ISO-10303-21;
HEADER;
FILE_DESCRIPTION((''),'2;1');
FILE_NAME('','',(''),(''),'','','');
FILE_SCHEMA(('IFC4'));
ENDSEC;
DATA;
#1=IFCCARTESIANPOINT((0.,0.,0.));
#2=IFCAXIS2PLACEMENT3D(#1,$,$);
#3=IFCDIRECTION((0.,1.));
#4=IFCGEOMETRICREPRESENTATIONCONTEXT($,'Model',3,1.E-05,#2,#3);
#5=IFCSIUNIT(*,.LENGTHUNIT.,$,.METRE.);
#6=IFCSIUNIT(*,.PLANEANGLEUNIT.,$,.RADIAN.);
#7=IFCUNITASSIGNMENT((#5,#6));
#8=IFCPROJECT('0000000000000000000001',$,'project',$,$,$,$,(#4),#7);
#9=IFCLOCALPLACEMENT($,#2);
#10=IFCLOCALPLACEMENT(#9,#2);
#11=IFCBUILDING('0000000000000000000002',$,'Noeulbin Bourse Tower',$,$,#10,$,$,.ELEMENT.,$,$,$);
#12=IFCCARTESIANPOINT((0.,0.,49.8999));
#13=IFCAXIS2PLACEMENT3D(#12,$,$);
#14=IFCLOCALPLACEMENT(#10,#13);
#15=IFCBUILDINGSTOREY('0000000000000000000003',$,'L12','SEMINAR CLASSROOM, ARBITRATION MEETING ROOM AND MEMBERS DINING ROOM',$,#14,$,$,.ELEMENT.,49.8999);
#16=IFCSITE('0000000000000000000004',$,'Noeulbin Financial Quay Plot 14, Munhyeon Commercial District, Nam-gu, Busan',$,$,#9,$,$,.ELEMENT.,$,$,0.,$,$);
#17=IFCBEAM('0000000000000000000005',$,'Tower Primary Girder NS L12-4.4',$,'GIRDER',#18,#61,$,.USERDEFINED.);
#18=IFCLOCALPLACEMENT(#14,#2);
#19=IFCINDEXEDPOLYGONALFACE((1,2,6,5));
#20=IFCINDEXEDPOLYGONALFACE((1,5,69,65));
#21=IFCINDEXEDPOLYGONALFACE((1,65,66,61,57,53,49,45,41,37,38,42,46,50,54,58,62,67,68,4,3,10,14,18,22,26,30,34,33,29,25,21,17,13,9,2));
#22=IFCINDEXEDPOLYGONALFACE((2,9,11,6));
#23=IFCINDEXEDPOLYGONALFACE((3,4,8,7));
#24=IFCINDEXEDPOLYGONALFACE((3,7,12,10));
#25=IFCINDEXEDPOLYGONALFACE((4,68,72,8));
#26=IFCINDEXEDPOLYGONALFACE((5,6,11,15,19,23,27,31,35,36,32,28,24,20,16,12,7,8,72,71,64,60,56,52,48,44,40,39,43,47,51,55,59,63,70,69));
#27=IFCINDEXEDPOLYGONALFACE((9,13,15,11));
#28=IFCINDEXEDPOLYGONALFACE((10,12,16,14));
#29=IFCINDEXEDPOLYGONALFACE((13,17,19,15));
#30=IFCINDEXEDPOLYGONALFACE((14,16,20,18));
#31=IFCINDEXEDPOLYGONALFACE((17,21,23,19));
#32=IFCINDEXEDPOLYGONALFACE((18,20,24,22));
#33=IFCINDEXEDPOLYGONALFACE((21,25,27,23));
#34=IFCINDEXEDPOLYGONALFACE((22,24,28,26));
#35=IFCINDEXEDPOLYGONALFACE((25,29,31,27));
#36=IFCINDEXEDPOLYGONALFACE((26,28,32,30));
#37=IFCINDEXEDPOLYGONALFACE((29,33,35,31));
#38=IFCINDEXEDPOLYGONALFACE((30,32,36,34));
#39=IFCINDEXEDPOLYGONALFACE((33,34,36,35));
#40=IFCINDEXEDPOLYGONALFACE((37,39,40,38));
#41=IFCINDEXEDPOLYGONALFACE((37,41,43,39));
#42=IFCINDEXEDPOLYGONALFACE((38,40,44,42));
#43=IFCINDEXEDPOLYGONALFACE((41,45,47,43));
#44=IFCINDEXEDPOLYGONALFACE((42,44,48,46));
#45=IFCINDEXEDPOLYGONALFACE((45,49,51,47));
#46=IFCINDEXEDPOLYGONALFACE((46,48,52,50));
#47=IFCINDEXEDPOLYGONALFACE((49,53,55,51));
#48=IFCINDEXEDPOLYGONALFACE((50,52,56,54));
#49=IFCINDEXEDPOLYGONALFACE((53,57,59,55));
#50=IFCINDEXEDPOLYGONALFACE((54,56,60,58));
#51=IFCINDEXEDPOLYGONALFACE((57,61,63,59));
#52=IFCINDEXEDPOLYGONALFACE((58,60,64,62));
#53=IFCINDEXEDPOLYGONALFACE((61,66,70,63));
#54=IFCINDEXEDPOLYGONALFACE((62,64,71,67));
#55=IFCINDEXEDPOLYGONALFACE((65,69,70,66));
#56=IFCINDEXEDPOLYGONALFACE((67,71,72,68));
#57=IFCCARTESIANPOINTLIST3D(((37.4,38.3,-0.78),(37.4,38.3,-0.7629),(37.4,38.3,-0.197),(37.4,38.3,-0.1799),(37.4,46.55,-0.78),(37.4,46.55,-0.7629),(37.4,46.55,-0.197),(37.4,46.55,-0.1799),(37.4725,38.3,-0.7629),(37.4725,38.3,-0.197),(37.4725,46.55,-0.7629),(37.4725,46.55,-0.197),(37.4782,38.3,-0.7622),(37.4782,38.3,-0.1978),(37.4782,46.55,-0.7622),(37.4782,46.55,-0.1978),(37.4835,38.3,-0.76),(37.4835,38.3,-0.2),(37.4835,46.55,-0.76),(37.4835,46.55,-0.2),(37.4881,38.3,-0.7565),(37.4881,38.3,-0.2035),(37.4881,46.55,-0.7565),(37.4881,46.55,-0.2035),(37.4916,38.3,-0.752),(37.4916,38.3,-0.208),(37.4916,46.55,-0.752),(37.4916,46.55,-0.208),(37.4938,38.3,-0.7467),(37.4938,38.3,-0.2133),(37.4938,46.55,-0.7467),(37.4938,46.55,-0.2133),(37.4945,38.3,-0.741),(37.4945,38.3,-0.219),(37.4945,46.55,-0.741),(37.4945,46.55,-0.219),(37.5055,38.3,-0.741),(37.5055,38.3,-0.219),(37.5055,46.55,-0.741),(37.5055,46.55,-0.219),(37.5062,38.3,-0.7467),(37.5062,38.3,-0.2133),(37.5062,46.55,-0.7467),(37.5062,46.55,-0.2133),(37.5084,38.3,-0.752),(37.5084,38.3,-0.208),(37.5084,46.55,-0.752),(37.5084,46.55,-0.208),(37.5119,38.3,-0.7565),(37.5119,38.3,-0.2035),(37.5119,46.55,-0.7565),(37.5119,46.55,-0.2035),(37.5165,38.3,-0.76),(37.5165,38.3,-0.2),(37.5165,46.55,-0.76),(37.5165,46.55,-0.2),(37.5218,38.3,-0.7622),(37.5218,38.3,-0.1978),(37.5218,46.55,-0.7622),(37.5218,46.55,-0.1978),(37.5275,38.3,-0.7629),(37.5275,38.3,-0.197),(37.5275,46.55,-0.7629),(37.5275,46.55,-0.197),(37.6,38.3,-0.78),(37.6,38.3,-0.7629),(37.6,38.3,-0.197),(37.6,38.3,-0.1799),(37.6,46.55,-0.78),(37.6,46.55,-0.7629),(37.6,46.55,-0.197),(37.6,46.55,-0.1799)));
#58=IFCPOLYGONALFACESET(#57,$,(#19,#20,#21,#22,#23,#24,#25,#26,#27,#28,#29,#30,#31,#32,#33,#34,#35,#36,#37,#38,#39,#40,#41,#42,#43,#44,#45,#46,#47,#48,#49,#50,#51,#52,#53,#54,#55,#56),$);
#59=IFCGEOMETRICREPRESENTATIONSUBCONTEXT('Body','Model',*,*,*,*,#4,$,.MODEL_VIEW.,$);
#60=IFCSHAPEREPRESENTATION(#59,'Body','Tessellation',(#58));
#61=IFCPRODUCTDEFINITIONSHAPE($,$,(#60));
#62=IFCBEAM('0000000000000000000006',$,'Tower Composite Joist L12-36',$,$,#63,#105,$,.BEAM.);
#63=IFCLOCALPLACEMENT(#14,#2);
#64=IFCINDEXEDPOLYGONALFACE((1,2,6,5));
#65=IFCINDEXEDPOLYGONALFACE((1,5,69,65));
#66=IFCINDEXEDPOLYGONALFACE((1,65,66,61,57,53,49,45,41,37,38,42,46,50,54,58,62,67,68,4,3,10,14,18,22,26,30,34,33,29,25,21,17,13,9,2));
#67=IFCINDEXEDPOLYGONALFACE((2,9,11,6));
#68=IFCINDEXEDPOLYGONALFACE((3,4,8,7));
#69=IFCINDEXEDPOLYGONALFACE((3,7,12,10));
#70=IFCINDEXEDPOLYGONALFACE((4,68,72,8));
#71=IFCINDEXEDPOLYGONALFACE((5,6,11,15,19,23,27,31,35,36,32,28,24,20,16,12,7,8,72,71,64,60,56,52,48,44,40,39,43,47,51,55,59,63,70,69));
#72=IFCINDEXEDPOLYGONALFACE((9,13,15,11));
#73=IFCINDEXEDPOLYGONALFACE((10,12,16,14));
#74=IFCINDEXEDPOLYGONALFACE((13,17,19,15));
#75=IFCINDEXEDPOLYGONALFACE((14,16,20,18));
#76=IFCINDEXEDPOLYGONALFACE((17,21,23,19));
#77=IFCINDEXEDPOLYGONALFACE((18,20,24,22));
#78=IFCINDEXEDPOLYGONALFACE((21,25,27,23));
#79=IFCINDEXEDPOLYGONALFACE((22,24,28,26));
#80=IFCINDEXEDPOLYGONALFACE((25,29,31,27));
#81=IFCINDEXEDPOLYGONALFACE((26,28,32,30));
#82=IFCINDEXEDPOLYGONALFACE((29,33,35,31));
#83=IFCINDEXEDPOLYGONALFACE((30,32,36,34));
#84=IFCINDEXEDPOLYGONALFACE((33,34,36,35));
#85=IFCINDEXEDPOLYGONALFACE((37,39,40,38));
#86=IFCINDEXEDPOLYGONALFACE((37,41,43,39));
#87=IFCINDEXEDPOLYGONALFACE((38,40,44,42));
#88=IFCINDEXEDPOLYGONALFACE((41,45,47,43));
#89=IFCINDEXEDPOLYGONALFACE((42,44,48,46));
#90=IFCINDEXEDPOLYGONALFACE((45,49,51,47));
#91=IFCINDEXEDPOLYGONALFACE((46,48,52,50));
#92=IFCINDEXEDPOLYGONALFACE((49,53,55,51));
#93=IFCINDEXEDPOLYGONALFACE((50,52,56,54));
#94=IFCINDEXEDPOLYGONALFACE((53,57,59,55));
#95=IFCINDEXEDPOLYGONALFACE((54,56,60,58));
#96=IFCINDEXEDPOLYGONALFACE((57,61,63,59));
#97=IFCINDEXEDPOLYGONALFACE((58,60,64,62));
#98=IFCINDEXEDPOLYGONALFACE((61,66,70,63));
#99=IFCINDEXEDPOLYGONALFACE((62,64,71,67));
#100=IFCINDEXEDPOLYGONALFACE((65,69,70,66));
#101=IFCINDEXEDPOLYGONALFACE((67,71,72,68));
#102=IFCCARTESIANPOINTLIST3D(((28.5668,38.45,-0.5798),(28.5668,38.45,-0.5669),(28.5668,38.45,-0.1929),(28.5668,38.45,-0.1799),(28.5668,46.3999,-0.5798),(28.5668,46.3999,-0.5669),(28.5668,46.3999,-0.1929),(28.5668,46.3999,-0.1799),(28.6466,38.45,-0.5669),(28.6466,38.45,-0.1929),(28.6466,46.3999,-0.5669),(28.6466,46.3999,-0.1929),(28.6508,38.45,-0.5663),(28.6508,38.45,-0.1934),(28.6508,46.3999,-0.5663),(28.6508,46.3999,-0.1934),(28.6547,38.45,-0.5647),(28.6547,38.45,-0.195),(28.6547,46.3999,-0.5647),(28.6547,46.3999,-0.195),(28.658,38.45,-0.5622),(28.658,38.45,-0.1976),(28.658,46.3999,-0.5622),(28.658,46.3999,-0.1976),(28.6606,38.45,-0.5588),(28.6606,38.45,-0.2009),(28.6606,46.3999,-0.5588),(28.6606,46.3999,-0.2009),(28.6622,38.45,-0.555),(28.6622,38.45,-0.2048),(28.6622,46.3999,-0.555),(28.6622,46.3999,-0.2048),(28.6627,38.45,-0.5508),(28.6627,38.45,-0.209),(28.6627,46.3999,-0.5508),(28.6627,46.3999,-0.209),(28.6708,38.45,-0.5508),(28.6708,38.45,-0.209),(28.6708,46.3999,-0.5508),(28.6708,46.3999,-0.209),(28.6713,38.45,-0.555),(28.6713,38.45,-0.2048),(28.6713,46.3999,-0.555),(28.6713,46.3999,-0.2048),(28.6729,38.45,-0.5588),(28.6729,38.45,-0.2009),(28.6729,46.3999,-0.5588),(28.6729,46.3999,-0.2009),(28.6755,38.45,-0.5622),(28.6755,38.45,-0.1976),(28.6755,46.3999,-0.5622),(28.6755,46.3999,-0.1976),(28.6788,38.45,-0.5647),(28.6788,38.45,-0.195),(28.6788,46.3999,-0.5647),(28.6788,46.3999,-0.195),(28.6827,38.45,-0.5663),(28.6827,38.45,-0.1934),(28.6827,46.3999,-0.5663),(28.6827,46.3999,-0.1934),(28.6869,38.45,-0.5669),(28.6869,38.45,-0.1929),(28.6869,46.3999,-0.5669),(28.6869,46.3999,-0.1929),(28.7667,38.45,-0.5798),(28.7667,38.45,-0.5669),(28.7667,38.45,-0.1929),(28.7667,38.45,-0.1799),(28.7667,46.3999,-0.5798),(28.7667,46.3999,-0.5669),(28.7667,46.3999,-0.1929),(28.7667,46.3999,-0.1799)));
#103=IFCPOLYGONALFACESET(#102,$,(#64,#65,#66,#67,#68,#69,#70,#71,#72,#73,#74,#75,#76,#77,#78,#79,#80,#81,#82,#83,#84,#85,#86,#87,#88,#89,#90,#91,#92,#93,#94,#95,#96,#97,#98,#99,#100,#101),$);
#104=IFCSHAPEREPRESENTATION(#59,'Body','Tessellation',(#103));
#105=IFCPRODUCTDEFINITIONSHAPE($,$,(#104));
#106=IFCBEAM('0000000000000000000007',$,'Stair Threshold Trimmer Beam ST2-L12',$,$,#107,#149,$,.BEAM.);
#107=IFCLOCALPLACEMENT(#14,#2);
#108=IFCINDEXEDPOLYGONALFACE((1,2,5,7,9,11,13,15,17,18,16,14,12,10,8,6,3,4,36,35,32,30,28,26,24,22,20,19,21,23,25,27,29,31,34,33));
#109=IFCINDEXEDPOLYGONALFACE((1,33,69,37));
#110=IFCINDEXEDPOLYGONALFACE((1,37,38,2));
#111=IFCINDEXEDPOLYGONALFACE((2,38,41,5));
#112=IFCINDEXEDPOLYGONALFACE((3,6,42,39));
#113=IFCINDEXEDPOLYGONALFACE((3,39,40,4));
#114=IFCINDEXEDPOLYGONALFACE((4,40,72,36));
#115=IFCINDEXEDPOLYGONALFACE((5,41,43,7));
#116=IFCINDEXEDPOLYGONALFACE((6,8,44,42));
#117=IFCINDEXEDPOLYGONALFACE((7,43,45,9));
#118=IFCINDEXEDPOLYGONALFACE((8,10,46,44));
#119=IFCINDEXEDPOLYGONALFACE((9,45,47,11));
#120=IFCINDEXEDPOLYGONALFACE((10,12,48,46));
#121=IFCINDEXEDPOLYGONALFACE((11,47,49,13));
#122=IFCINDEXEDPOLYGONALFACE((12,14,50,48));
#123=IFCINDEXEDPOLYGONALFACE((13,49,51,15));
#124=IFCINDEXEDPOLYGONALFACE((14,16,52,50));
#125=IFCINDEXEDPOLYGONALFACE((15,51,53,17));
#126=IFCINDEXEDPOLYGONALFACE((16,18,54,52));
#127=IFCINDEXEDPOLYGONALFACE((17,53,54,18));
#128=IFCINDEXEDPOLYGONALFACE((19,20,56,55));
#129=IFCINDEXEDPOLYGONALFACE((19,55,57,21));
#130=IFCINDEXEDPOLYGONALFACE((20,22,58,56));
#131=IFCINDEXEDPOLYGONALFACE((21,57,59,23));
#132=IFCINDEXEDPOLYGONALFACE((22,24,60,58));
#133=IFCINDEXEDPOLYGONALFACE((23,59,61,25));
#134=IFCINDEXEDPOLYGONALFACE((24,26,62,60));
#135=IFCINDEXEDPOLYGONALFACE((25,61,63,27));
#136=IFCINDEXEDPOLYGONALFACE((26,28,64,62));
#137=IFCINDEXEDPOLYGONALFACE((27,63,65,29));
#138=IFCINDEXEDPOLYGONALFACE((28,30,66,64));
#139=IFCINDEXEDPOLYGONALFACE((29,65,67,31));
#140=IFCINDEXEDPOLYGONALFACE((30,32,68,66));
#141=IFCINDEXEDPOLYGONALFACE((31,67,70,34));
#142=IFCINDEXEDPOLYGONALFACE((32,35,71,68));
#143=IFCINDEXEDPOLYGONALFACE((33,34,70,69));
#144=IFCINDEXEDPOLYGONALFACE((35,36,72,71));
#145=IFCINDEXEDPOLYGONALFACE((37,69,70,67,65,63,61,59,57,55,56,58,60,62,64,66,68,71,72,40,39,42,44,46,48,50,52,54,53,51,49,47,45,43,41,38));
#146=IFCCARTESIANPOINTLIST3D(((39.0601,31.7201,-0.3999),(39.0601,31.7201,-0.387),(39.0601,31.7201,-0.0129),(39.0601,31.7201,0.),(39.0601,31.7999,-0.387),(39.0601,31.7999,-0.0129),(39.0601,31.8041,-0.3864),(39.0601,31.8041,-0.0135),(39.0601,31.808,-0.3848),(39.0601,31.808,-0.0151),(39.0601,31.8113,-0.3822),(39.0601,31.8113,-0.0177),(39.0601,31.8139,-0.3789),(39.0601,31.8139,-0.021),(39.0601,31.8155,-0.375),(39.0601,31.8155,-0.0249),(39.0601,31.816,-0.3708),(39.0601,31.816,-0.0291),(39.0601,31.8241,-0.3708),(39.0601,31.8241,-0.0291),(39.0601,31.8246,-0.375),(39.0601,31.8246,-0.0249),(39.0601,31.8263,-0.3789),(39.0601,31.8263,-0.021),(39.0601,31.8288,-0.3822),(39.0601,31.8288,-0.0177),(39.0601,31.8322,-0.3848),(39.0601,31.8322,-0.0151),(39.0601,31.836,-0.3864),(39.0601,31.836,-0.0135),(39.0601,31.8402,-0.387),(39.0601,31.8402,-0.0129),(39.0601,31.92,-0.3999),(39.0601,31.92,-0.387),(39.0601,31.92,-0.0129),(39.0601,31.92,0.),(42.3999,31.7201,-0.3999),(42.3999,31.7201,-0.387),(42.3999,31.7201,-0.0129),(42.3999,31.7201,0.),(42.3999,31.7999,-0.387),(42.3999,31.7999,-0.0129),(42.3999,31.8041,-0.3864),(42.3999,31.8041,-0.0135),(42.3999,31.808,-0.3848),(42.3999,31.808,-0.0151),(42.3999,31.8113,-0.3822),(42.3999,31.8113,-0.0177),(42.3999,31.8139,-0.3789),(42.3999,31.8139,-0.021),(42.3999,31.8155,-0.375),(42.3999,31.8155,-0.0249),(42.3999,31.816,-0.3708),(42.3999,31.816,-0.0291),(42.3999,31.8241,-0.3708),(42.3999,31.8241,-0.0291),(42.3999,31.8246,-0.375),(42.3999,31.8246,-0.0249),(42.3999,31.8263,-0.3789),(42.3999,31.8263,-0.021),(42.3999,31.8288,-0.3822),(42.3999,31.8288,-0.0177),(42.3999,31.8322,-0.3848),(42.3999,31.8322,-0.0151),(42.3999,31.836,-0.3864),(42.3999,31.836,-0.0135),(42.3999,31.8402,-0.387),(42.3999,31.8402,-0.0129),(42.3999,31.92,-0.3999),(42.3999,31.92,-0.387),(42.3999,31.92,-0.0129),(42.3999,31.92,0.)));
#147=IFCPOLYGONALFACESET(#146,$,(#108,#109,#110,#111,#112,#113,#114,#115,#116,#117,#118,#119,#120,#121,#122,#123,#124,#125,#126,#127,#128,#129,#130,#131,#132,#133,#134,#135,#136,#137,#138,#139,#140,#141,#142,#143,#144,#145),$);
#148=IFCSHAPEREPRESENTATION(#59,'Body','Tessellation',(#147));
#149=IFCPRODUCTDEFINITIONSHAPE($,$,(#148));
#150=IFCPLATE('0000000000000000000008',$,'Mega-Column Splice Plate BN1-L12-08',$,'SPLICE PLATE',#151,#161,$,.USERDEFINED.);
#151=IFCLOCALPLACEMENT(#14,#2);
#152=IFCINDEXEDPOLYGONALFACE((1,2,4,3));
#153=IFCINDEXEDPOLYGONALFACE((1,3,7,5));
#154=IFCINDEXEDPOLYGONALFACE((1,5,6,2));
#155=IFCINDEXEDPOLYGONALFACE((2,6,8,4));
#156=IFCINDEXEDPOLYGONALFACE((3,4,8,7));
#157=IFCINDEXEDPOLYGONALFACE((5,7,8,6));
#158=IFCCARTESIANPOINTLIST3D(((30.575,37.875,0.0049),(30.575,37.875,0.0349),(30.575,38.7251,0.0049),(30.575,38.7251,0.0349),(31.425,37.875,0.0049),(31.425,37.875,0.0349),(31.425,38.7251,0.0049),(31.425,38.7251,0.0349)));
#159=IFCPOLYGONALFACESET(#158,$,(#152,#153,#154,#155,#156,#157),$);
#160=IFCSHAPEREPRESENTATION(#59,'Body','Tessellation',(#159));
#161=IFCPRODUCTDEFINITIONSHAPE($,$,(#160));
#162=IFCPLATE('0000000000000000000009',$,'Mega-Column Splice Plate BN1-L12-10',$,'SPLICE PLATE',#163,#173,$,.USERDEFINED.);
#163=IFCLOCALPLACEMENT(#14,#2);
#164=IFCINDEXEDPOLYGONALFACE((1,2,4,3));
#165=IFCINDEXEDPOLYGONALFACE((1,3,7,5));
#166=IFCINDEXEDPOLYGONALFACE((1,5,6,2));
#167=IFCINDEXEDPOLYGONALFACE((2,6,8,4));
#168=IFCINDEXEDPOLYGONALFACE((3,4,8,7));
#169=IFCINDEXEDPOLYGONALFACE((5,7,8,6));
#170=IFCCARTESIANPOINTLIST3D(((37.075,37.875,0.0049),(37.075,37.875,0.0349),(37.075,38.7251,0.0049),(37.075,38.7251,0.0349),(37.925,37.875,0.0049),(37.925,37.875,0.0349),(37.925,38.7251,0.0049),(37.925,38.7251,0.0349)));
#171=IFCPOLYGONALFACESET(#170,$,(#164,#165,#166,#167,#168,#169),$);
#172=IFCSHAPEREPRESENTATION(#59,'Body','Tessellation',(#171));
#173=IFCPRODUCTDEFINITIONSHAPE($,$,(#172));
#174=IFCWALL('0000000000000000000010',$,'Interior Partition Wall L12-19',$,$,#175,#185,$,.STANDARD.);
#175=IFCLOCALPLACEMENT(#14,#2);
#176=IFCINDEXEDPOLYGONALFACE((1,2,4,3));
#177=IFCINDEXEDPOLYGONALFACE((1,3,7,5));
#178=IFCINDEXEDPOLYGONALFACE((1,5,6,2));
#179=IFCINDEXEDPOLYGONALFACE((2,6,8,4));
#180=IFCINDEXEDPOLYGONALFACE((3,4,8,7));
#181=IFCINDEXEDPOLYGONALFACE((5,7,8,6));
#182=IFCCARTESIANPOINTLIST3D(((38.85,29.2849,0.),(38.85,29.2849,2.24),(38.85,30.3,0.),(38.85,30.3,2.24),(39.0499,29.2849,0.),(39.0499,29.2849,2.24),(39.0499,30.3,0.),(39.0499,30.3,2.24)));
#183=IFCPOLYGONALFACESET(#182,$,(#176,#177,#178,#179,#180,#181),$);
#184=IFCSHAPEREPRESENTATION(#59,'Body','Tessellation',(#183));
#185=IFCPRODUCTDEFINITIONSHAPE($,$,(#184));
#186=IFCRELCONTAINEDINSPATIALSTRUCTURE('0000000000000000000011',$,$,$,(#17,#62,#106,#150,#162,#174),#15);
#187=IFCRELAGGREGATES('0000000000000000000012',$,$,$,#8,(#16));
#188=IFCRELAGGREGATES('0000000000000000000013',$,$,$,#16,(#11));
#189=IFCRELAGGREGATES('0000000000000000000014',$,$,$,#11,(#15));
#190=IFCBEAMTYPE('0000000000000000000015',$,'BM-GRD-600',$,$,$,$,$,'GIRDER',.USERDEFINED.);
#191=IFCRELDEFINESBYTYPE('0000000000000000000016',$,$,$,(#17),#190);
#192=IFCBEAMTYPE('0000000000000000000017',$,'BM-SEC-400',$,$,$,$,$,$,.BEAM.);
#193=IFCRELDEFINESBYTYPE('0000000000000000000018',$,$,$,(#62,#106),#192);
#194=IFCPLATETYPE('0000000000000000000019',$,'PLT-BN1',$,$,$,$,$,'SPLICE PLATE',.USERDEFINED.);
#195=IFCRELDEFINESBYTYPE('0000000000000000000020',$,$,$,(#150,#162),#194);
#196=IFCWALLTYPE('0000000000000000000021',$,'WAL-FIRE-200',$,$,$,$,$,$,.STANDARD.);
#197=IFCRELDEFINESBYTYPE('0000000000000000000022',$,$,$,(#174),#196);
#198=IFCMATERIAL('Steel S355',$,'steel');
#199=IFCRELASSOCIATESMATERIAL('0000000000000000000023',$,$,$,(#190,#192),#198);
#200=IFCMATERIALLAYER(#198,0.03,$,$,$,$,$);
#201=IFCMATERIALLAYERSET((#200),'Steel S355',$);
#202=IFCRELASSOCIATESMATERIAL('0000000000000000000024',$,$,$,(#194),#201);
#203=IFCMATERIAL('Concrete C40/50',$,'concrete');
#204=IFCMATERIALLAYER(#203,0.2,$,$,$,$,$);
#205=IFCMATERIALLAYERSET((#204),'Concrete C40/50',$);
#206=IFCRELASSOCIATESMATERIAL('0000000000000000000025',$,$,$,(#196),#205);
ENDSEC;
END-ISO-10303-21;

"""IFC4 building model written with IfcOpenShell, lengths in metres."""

from ifc_helpers import new_model, si_unit, direction, frame, frame_2d, origin, origin_2d, place, context, subcontext, project, spatial, rectangle, i_section, extrude, material, layer, layer_set, material_profile, profile_set, type_object, element, save


model = new_model("IFC4")

# Units and contexts
model_context = context("Model", 3, precision=1e-05, world=origin(), true_north=direction((0.0, 1.0)))
body_context = subcontext(model_context, "Body", "Model", "MODEL_VIEW")
ifc_project = project(units=[si_unit("LENGTHUNIT", "METRE"), si_unit("PLANEANGLEUNIT", "RADIAN")], contexts=[model_context])

# Site, building, storey
site_placement = place(None, origin())
site = spatial("IfcSite", under=ifc_project, at=site_placement, Name="Noeulbin Financial Quay Plot 14, Munhyeon Commercial District, Nam-gu, Busan", CompositionType="ELEMENT", RefElevation=0.0)
building_placement = place(site_placement, origin())
building = spatial("IfcBuilding", under=site, at=building_placement, Name="Noeulbin Bourse Tower", CompositionType="ELEMENT")
storey_placement = place(building_placement, frame((0.0, 0.0, 49.8999)))
storey = spatial("IfcBuildingStorey", under=building, at=storey_placement, Name="L12", Description="SEMINAR CLASSROOM, ARBITRATION MEETING ROOM AND MEMBERS DINING ROOM", CompositionType="ELEMENT", Elevation=49.8999)

# Beams
ifc_material_1 = material(Name="Steel S355", Category="steel")
ifc_material_profile_1 = material_profile(ifc_material_1, i_section(OverallWidth=0.2, OverallDepth=0.6001, WebThickness=0.011, FlangeThickness=0.0171, FilletRadius=0.022, at=origin_2d()), Name="H-600x200x11x17", Category="LoadBearing")
ifc_profile_set_1 = profile_set([ifc_material_profile_1], Name="Steel S355")
beam_type_1 = type_object("IfcBeamType", Name="BM-GRD-600", ElementType="GIRDER", PredefinedType="USERDEFINED", material=ifc_profile_set_1)
for number, where, z_axis, x_axis, name in (
    (1, (37.5, 38.3, -0.48), (0.0, 1.0, 0.0), (-1.0, 0.0, 0.0), "Tower Primary Girder NS L12-4.4"),
):
    element("IfcBeam", number, at=place(storey_placement, frame(where, z_axis=z_axis, x_axis=x_axis)), inside=storey, type_object=beam_type_1, Name=name, ObjectType="GIRDER", PredefinedType="USERDEFINED", context=body_context, shape_type="SweptSolid", body=[
        extrude(i_section(OverallWidth=0.2, OverallDepth=0.6001, WebThickness=0.011, FlangeThickness=0.0171, FilletRadius=0.022, at=origin_2d()), origin(), (0.0, 0.0, 1.0), 8.25),
    ])
ifc_material_profile_2 = material_profile(ifc_material_1, i_section(OverallWidth=0.2, OverallDepth=0.3999, WebThickness=0.0081, FlangeThickness=0.0129, FilletRadius=0.0161, at=origin_2d()), Name="H-400x200x8x13", Category="LoadBearing")
ifc_profile_set_2 = profile_set([ifc_material_profile_2], Name="Steel S355")
beam_type_2 = type_object("IfcBeamType", Name="BM-SEC-400", PredefinedType="BEAM", material=ifc_profile_set_2)
beam_1_placement = place(storey_placement, frame((28.6667, 38.45, -0.3799), z_axis=(0.0, 1.0, 0.0), x_axis=(-1.0, 0.0, 0.0)))
element("IfcBeam", 2, at=beam_1_placement, inside=storey, type_object=beam_type_2, Name="Tower Composite Joist L12-36", PredefinedType="BEAM", context=body_context, shape_type="SweptSolid", body=[
    extrude(i_section(OverallWidth=0.2, OverallDepth=0.3999, WebThickness=0.0081, FlangeThickness=0.0129, FilletRadius=0.0161, at=origin_2d()), origin(), (0.0, 0.0, 1.0), 7.95),
])
beam_2_placement = place(storey_placement, frame((39.0601, 31.8201, -0.2), z_axis=(1.0, 0.0, 0.0), x_axis=(0.0, 1.0, 0.0)))
element("IfcBeam", 3, at=beam_2_placement, inside=storey, type_object=beam_type_2, Name="Stair Threshold Trimmer Beam ST2-L12", PredefinedType="BEAM", context=body_context, shape_type="SweptSolid", body=[
    extrude(i_section(OverallWidth=0.2, OverallDepth=0.3999, WebThickness=0.0081, FlangeThickness=0.0129, FilletRadius=0.0161, at=origin_2d()), origin(), (0.0, 0.0, 1.0), 3.3398),
])

# Plates
ifc_layer_1 = layer(ifc_material_1, 0.03)
ifc_layer_set_1 = layer_set([ifc_layer_1], Name="Steel S355")
plate_type = type_object("IfcPlateType", Name="PLT-BN1", ElementType="SPLICE PLATE", PredefinedType="USERDEFINED", material=ifc_layer_set_1)
for number, where, z_axis, x_axis, name in (
    (4, (31.0, 38.3, 0.0049), (0.0, 0.0, 1.0), (1.0, 0.0, 0.0), "Mega-Column Splice Plate BN1-L12-08"),
    (5, (37.5, 38.3, 0.0049), (0.0, 0.0, 1.0), (1.0, 0.0, 0.0), "Mega-Column Splice Plate BN1-L12-10"),
):
    element("IfcPlate", number, at=place(storey_placement, frame(where, z_axis=z_axis, x_axis=x_axis)), inside=storey, type_object=plate_type, Name=name, ObjectType="SPLICE PLATE", PredefinedType="USERDEFINED", context=body_context, shape_type="SweptSolid", body=[
        extrude(rectangle(XDim=0.8501, YDim=0.8501, at=origin_2d()), origin(), (0.0, 0.0, 1.0), 0.03),
    ])

# Wall
ifc_material_2 = material(Name="Concrete C40/50", Category="concrete")
ifc_layer_2 = layer(ifc_material_2, 0.2)
ifc_layer_set_2 = layer_set([ifc_layer_2], Name="Concrete C40/50")
wall_type_1 = type_object("IfcWallType", Name="WAL-FIRE-200", PredefinedType="STANDARD", material=ifc_layer_set_2)
wall_1_placement = place(storey_placement, frame((38.95, 29.2849, 0.0), z_axis=(0.0, 0.0, 1.0), x_axis=(0.0, 1.0, 0.0)))
element("IfcWall", 6, at=wall_1_placement, inside=storey, type_object=wall_type_1, Name="Interior Partition Wall L12-19", PredefinedType="STANDARD", context=body_context, shape_type="SweptSolid", body=[
    extrude(rectangle(XDim=1.0151, YDim=0.2, at=frame_2d((0.5076, 0.0))), origin(), (0.0, 0.0, 1.0), 2.24),
])

save(model, "model.ifc")
